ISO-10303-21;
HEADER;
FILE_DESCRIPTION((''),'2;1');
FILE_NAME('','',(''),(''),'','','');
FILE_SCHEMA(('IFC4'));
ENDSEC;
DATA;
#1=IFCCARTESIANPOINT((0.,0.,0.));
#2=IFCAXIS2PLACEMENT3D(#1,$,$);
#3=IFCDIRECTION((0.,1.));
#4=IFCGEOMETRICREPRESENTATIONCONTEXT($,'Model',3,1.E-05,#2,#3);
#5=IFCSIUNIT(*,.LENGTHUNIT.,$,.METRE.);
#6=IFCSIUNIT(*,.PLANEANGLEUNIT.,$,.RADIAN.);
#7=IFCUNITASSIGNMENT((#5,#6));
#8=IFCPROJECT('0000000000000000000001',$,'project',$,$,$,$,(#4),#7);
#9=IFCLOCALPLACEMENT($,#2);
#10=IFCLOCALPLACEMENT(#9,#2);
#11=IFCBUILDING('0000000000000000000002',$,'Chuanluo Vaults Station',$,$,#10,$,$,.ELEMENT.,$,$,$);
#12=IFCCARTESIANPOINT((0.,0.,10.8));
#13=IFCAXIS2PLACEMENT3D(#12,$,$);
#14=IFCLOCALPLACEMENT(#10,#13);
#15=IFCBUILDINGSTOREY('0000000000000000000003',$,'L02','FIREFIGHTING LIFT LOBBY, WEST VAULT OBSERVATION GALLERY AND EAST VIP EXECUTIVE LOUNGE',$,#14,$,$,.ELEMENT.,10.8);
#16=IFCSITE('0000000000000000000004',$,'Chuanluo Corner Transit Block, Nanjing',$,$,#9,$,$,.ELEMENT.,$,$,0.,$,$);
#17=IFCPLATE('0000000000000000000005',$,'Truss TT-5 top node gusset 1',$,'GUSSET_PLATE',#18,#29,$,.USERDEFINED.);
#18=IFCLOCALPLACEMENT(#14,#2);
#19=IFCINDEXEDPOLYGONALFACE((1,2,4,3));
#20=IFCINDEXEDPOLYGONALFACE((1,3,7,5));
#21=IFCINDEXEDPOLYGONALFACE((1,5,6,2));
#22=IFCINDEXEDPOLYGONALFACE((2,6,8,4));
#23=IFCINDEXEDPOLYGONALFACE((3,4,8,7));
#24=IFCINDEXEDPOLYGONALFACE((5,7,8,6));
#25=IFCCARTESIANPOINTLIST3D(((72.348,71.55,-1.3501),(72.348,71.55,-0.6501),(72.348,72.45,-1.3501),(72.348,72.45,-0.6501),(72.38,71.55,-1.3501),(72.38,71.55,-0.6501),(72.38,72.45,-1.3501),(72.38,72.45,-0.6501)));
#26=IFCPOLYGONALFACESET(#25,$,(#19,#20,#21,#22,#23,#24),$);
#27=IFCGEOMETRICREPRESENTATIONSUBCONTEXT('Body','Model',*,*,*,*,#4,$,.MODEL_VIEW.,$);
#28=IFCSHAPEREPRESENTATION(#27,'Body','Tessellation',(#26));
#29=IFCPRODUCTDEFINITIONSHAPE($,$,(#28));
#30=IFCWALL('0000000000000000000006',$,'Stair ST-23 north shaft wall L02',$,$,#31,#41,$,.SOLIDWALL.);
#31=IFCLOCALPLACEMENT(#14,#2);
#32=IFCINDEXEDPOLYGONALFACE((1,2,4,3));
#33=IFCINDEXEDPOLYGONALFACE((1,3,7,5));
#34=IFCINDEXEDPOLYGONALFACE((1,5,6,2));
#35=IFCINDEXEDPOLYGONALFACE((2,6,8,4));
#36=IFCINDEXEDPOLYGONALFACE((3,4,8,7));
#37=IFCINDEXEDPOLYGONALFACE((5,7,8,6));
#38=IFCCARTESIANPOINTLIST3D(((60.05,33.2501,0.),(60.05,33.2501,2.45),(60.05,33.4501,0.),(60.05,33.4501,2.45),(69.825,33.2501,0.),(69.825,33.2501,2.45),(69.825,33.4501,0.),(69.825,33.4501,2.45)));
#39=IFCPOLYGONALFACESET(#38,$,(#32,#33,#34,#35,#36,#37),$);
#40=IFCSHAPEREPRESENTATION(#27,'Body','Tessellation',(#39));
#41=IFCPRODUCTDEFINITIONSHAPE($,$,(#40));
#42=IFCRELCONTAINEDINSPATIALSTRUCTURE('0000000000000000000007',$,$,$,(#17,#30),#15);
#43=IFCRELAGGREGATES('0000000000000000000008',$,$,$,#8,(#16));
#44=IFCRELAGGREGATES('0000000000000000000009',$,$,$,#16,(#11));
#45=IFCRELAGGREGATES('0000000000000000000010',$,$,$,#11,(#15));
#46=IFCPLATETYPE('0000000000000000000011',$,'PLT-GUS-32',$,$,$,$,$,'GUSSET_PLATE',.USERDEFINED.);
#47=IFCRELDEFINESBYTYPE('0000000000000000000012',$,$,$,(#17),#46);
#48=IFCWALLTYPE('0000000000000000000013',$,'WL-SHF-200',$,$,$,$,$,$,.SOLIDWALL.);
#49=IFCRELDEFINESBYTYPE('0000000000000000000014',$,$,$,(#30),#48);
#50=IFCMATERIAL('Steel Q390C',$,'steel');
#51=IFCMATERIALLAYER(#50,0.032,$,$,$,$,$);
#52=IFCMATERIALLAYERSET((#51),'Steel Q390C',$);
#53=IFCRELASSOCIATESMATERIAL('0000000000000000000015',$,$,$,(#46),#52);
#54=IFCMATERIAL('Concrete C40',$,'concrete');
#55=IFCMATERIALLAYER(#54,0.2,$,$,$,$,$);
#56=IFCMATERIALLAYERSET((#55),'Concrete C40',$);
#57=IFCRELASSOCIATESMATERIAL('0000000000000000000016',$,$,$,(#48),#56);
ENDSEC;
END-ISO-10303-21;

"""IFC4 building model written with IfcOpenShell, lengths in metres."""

from ifc_helpers import new_model, si_unit, direction, frame, frame_2d, origin, origin_2d, place, context, subcontext, project, spatial, rectangle, extrude, material, layer, layer_set, type_object, element, save


model = new_model("IFC4")

# Units and contexts
model_context = context("Model", 3, precision=1e-05, world=origin(), true_north=direction((0.0, 1.0)))
body_context = subcontext(model_context, "Body", "Model", "MODEL_VIEW")
ifc_project = project(units=[si_unit("LENGTHUNIT", "METRE"), si_unit("PLANEANGLEUNIT", "RADIAN")], contexts=[model_context])

# Site, building, storey
site_placement = place(None, origin())
site = spatial("IfcSite", under=ifc_project, at=site_placement, Name="Chuanluo Corner Transit Block, Nanjing", CompositionType="ELEMENT", RefElevation=0.0)
building_placement = place(site_placement, origin())
building = spatial("IfcBuilding", under=site, at=building_placement, Name="Chuanluo Vaults Station", CompositionType="ELEMENT")
storey_placement = place(building_placement, frame((0.0, 0.0, 10.8)))
storey = spatial("IfcBuildingStorey", under=building, at=storey_placement, Name="L02", Description="FIREFIGHTING LIFT LOBBY, WEST VAULT OBSERVATION GALLERY AND EAST VIP EXECUTIVE LOUNGE", CompositionType="ELEMENT", Elevation=10.8)

# Plate
ifc_material_1 = material(Name="Steel Q390C", Category="steel")
ifc_layer_1 = layer(ifc_material_1, 0.032)
ifc_layer_set_1 = layer_set([ifc_layer_1], Name="Steel Q390C")
plate_type_1 = type_object("IfcPlateType", Name="PLT-GUS-32", ElementType="GUSSET_PLATE", PredefinedType="USERDEFINED", material=ifc_layer_set_1)
for number, where, z_axis, x_axis, name in (
    (1, (72.364, 72.0, -1.3501), (0.0, 0.0, 1.0), (1.0, 0.0, 0.0), "Truss TT-5 top node gusset 1"),
):
    element("IfcPlate", number, at=place(storey_placement, frame(where, z_axis=z_axis, x_axis=x_axis)), inside=storey, type_object=plate_type_1, Name=name, ObjectType="GUSSET_PLATE", PredefinedType="USERDEFINED", context=body_context, shape_type="SweptSolid", body=[
        extrude(rectangle(XDim=0.032, YDim=0.8999, at=origin_2d()), origin(), (0.0, 0.0, 1.0), 0.7),
    ])

# Wall
ifc_material_2 = material(Name="Concrete C40", Category="concrete")
ifc_layer_2 = layer(ifc_material_2, 0.2)
ifc_layer_set_2 = layer_set([ifc_layer_2], Name="Concrete C40")
wall_type = type_object("IfcWallType", Name="WL-SHF-200", PredefinedType="SOLIDWALL", material=ifc_layer_set_2)
wall_1_placement = place(storey_placement, frame((69.825, 33.3501, 0.0), z_axis=(0.0, 0.0, 1.0), x_axis=(-1.0, 0.0, 0.0)))
element("IfcWall", 2, at=wall_1_placement, inside=storey, type_object=wall_type, Name="Stair ST-23 north shaft wall L02", PredefinedType="SOLIDWALL", context=body_context, shape_type="SweptSolid", body=[
    extrude(rectangle(XDim=9.7749, YDim=0.2, at=frame_2d((4.8875, 0.0))), origin(), (0.0, 0.0, 1.0), 2.45),
])

save(model, "model.ifc")
